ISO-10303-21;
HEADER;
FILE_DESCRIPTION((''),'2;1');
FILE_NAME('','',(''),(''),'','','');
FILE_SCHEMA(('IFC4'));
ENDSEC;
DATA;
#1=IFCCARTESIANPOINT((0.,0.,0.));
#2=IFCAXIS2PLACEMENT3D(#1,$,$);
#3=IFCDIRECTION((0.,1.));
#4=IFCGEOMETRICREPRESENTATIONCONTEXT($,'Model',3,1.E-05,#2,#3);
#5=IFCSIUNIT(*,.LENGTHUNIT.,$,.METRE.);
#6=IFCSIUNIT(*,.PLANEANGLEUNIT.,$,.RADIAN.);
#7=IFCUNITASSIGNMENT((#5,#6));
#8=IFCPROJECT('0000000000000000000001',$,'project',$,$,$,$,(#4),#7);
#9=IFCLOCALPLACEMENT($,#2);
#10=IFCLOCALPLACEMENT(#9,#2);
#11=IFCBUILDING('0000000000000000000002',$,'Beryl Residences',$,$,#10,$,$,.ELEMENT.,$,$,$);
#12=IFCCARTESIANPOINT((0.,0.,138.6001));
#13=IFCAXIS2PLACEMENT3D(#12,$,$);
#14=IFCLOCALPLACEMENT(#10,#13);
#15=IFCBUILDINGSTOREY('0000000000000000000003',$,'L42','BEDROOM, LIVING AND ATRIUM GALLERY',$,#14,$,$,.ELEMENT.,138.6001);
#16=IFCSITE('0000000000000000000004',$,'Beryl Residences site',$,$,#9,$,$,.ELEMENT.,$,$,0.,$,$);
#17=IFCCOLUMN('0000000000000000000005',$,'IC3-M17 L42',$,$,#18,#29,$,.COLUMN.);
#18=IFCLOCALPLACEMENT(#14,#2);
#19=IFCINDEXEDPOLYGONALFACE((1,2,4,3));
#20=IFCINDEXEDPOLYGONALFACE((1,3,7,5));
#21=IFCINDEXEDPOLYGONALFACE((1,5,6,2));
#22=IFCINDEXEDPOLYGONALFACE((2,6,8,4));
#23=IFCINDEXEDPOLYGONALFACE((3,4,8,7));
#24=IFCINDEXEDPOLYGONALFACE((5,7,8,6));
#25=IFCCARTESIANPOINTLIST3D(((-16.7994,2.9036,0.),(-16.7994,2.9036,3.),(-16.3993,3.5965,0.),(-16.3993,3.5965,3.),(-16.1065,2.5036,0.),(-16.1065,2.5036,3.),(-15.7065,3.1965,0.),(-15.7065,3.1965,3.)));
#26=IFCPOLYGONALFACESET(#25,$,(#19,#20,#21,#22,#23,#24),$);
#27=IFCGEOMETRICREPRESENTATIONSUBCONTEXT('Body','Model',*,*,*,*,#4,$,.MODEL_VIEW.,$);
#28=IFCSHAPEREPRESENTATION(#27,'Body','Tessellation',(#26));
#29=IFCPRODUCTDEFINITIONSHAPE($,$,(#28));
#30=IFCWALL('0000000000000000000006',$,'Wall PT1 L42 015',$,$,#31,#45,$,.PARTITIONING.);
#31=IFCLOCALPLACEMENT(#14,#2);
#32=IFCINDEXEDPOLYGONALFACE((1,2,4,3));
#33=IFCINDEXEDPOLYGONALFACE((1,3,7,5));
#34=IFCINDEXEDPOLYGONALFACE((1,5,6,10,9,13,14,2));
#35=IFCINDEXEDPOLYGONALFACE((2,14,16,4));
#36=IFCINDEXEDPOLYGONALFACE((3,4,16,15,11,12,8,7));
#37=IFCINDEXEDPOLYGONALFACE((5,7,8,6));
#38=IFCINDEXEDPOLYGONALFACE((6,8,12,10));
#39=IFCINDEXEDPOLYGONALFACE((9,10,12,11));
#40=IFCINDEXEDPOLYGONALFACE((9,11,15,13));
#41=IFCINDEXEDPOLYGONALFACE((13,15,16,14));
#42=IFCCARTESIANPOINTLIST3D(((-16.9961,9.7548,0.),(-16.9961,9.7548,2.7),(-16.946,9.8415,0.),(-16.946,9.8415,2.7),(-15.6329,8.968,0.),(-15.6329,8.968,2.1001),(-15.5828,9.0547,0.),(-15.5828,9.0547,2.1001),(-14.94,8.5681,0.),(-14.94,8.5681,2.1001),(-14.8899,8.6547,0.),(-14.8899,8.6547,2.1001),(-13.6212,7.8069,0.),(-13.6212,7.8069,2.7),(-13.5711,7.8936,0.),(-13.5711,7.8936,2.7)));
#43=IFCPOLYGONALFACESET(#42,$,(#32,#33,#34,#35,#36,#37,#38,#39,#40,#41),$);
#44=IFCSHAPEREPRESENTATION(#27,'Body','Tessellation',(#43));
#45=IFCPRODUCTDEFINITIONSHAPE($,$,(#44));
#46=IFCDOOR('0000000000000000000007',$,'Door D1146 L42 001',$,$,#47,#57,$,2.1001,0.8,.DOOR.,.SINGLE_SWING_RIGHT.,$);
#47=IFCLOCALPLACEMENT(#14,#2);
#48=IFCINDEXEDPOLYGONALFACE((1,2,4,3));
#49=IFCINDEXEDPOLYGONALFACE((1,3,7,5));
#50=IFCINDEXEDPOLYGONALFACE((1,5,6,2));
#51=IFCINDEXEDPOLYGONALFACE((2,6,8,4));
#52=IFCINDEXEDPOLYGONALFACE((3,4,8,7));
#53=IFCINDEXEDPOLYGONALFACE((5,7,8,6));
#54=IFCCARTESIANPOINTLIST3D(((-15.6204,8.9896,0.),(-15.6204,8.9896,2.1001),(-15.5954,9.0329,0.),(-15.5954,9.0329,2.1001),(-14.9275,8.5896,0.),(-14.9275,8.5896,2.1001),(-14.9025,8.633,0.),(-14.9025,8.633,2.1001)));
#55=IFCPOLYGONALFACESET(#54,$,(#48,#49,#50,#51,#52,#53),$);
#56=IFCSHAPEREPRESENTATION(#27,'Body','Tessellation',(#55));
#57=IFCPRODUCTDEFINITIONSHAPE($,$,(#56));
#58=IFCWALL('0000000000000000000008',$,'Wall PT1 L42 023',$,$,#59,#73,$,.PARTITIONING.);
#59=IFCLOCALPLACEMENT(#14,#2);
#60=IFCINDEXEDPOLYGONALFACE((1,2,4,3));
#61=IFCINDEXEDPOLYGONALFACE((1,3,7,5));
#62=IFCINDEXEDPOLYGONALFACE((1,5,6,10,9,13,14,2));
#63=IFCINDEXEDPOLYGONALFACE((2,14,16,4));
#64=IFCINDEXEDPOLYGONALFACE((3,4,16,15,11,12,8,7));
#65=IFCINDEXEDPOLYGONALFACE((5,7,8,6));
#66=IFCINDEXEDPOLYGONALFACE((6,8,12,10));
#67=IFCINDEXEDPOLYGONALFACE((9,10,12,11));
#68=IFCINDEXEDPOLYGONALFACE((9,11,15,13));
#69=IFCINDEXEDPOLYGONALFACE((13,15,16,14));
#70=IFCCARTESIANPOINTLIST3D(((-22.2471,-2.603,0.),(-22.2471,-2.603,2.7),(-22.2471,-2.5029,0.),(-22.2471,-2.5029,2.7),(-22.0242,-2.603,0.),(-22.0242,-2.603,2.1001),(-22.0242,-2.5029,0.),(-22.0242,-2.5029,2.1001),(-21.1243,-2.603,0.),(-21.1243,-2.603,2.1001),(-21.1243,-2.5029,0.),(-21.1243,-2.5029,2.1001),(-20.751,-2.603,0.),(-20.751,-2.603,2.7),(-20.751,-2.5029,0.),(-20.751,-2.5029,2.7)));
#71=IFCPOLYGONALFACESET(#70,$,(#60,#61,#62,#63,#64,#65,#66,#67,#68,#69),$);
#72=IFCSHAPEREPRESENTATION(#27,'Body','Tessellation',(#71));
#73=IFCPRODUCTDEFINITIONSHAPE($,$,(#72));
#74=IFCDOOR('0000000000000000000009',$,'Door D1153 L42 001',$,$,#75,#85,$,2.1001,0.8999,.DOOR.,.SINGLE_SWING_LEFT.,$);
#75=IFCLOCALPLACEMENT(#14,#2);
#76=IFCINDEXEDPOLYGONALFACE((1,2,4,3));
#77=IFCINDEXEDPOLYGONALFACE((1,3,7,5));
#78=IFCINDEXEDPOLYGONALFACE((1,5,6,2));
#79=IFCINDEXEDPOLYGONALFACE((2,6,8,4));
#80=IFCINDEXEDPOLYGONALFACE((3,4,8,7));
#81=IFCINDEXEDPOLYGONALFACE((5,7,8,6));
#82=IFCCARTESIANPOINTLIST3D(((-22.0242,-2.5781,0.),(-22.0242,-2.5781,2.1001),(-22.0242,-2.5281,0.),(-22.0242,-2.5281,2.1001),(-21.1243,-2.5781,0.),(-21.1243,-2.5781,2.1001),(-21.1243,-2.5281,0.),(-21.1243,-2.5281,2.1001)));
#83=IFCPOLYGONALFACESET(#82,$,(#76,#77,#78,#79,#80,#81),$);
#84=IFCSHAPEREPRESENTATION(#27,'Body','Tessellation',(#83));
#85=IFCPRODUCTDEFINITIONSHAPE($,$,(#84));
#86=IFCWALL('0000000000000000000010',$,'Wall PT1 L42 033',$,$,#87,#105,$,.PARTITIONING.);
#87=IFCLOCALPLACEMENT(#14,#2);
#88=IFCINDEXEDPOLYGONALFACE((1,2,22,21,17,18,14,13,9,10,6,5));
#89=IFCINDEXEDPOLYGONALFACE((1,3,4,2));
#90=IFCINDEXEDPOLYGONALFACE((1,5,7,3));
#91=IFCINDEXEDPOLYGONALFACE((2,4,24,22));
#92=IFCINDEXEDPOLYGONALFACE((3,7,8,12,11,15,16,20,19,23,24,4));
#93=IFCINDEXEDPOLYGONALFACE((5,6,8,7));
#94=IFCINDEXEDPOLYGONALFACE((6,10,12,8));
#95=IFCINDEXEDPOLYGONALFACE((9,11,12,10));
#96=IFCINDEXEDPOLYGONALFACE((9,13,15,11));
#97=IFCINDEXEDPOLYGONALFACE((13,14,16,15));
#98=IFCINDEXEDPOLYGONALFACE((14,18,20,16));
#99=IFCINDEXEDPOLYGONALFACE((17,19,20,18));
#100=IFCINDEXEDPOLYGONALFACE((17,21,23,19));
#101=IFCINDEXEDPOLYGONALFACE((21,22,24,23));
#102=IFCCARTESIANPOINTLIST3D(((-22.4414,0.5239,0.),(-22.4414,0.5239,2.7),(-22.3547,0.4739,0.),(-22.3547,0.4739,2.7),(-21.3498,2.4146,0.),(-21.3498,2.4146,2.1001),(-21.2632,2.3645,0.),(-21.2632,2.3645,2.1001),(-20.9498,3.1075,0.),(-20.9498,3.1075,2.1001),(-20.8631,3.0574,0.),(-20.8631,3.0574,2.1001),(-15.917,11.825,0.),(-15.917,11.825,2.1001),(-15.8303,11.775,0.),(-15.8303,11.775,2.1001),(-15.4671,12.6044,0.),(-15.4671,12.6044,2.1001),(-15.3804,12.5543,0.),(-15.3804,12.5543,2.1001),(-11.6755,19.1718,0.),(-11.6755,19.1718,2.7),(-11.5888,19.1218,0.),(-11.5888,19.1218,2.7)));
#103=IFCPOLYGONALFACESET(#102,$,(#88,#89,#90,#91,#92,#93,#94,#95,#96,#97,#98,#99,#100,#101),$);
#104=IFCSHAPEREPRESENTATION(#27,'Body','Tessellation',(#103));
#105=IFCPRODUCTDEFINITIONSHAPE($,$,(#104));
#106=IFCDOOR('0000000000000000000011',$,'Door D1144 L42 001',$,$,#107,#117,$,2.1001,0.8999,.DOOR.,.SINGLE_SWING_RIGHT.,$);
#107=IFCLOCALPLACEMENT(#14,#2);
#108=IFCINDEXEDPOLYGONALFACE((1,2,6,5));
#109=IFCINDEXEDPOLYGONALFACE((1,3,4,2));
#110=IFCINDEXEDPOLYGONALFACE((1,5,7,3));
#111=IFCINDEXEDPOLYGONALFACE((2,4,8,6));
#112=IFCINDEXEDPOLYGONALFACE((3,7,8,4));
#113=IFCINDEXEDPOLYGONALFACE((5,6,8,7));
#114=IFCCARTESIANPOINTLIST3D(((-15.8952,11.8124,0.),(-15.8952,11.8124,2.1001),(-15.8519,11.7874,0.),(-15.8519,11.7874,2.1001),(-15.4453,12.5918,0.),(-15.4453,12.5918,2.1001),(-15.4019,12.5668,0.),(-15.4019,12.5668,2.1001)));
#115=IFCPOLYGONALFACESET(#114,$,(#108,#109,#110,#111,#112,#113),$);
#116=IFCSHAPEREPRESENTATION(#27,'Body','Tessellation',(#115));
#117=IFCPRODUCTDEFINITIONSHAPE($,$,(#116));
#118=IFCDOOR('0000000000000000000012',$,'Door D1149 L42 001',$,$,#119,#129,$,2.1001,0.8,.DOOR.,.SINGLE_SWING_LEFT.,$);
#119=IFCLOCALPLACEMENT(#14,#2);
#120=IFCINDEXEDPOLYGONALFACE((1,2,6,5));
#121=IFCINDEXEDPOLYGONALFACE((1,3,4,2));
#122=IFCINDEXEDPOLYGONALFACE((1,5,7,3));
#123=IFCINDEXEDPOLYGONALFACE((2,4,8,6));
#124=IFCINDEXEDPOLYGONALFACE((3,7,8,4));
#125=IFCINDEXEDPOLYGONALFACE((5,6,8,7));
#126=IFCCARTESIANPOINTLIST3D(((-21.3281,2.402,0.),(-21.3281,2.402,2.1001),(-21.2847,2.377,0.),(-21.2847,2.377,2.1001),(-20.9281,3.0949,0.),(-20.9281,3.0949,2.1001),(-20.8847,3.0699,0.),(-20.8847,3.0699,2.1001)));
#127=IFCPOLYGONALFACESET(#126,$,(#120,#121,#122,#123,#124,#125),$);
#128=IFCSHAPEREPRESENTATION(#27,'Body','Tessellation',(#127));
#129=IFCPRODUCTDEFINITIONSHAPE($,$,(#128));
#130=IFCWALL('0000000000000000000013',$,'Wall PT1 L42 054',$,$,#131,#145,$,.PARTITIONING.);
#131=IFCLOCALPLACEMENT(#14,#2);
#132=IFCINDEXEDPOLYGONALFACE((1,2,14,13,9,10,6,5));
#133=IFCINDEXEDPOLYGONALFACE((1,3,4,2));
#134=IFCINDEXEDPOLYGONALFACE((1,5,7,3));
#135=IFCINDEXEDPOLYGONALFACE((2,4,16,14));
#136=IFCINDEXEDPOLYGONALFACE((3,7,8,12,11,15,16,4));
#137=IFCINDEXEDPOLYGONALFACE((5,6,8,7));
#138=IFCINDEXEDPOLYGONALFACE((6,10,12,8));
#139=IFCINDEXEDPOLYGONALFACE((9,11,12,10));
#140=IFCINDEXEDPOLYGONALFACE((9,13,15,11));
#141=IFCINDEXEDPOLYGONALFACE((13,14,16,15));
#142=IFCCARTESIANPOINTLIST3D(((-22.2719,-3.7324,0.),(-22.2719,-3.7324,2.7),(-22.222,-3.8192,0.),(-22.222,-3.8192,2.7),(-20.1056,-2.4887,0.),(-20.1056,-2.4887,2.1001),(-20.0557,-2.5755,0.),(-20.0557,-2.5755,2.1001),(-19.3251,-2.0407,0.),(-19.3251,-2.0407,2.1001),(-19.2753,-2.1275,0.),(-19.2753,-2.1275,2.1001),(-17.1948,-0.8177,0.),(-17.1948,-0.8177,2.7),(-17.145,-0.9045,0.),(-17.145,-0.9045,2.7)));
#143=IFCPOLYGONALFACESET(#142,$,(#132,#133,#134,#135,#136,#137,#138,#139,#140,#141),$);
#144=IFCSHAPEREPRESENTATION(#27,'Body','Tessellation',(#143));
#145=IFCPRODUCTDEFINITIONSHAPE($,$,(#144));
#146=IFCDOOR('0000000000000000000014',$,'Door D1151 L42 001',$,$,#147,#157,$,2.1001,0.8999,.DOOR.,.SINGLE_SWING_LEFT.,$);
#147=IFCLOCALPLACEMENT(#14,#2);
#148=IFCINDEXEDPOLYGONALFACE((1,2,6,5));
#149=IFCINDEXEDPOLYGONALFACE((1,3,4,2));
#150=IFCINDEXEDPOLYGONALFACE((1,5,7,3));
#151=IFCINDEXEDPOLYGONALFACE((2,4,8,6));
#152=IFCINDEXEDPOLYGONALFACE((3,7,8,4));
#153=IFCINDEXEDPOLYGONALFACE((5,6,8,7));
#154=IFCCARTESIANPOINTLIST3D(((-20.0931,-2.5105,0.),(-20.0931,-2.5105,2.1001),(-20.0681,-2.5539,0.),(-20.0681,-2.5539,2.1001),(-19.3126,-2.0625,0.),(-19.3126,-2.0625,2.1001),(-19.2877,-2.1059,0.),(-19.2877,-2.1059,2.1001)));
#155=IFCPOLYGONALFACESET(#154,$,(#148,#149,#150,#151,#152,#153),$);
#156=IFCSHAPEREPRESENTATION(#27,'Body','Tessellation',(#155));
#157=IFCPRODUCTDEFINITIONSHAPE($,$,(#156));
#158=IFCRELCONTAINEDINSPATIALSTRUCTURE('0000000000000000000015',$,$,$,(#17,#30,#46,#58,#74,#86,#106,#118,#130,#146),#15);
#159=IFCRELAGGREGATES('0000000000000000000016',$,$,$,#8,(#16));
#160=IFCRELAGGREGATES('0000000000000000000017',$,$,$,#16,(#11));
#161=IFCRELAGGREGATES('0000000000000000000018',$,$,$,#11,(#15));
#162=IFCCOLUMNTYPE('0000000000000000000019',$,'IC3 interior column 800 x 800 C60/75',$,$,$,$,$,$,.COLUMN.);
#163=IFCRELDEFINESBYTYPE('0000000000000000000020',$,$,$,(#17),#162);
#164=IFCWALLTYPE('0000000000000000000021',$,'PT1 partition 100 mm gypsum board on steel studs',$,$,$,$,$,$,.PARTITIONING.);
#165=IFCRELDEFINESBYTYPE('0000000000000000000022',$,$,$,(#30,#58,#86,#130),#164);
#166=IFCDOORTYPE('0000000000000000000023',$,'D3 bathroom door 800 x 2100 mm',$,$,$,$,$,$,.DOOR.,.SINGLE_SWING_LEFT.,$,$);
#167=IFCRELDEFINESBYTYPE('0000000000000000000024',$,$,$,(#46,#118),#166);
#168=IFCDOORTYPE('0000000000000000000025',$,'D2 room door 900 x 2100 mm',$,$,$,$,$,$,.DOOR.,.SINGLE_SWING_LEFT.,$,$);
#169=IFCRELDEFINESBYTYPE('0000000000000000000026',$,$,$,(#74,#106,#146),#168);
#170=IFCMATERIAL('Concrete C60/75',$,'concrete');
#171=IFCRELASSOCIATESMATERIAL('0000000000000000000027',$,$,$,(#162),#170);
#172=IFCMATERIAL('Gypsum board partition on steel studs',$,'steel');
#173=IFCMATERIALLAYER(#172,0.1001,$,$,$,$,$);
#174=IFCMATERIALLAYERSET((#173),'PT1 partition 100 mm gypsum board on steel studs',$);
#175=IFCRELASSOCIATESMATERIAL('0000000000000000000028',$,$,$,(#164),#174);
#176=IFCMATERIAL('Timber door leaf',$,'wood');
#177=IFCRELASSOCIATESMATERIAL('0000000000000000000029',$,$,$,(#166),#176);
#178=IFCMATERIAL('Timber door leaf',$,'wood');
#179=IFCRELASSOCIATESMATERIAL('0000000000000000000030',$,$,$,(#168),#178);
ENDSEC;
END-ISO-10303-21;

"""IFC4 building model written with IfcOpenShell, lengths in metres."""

from ifc_helpers import new_model, si_unit, direction, frame, frame_2d, origin, origin_2d, place, context, subcontext, project, spatial, rectangle, extrude, material, layer, layer_set, material_profile, profile_set, type_object, element, fill, save


model = new_model("IFC4")

# Units and contexts
model_context = context("Model", 3, precision=1e-05, world=origin(), true_north=direction((0.0, 1.0)))
body_context = subcontext(model_context, "Body", "Model", "MODEL_VIEW")
ifc_project = project(units=[si_unit("LENGTHUNIT", "METRE"), si_unit("PLANEANGLEUNIT", "RADIAN")], contexts=[model_context])

# Site, building, storey
site_placement = place(None, origin())
site = spatial("IfcSite", under=ifc_project, at=site_placement, Name="Beryl Residences site", CompositionType="ELEMENT", RefElevation=0.0)
building_placement = place(site_placement, origin())
building = spatial("IfcBuilding", under=site, at=building_placement, Name="Beryl Residences", CompositionType="ELEMENT")
storey_placement = place(building_placement, frame((0.0, 0.0, 138.6001)))
storey = spatial("IfcBuildingStorey", under=building, at=storey_placement, Name="L42", Description="BEDROOM, LIVING AND ATRIUM GALLERY", CompositionType="ELEMENT", Elevation=138.6001)

# Column
ifc_material_1 = material(Name="Concrete C60/75", Category="concrete")
ifc_material_profile = material_profile(ifc_material_1, rectangle(XDim=0.8, YDim=0.8, at=origin_2d()))
ifc_profile_set = profile_set([ifc_material_profile], Name="Concrete C60/75")
column_type = type_object("IfcColumnType", Name="IC3 interior column 800 x 800 C60/75", PredefinedType="COLUMN", material=ifc_profile_set)
column_placement = place(storey_placement, frame((-16.2529, 3.05, 0.0), z_axis=(0.0, 0.0, 1.0), x_axis=(-0.5, -0.866025, 0.0)))
element("IfcColumn", 1, at=column_placement, inside=storey, type_object=column_type, Name="IC3-M17 L42", PredefinedType="COLUMN", context=body_context, shape_type="SweptSolid", body=[
    extrude(rectangle(XDim=0.8, YDim=0.8, at=origin_2d()), origin(), (0.0, 0.0, 1.0), 3.0),
])

# Walls, openings, doors
ifc_material_2 = material(Name="Gypsum board partition on steel studs", Category="steel")
ifc_layer_1 = layer(ifc_material_2, 0.1001)
ifc_layer_set_1 = layer_set([ifc_layer_1], Name="PT1 partition 100 mm gypsum board on steel studs")
wall_type_1 = type_object("IfcWallType", Name="PT1 partition 100 mm gypsum board on steel studs", PredefinedType="PARTITIONING", material=ifc_layer_set_1)
wall_1_placement = place(storey_placement, frame((-16.9709, 9.7981, 0.0), z_axis=(0.0, 0.0, 1.0), x_axis=(0.866088, -0.499892, 0.0)))
wall_1 = element("IfcWall", 2, at=wall_1_placement, inside=storey, type_object=wall_type_1, Name="Wall PT1 L42 015", PredefinedType="PARTITIONING", context=body_context, shape_type="SweptSolid", body=[
    extrude(rectangle(XDim=3.8967, YDim=0.1001, at=frame_2d((1.9482, 0.0))), origin(), (0.0, 0.0, 1.0), 2.7),
])
opening_1_placement = place(wall_1_placement, frame((1.574, 0.0, 0.0)))
opening_1 = element("IfcOpeningElement", 3, at=opening_1_placement, cuts=wall_1, PredefinedType="OPENING", context=body_context, shape_type="SweptSolid", body=[
    extrude(rectangle(XDim=0.8, YDim=2.1001, at=frame_2d((0.3999, 1.05))), frame((0.0, 0.0601, 0.0), z_axis=(0.0, -1.0, 0.0), x_axis=(1.0, 0.0, 0.0)), (0.0, 0.0, 1.0), 0.1201),
])
ifc_material_3 = material(Name="Timber door leaf", Category="wood")
door_type_1 = type_object("IfcDoorType", Name="D3 bathroom door 800 x 2100 mm", OperationType="SINGLE_SWING_LEFT", PredefinedType="DOOR", material=ifc_material_3)
door_1_placement = place(opening_1_placement, origin())
door_1 = element("IfcDoor", 4, at=door_1_placement, inside=storey, type_object=door_type_1, Name="Door D1146 L42 001", OperationType="SINGLE_SWING_RIGHT", OverallHeight=2.1001, OverallWidth=0.8, PredefinedType="DOOR", context=body_context, shape_type="SweptSolid", body=[
    extrude(rectangle(XDim=0.8, YDim=2.1001, at=frame_2d((0.3999, 1.05))), frame((0.0, 0.0249, 0.0), z_axis=(0.0, -1.0, 0.0), x_axis=(1.0, 0.0, 0.0)), (0.0, 0.0, 1.0), 0.05),
])
fill(opening_1, door_1)
wall_2_placement = place(storey_placement, frame((-22.2471, -2.553, 0.0), z_axis=(0.0, 0.0, 1.0), x_axis=(1.0, 0.0, 0.0)))
wall_2 = element("IfcWall", 5, at=wall_2_placement, inside=storey, type_object=wall_type_1, Name="Wall PT1 L42 023", PredefinedType="PARTITIONING", context=body_context, shape_type="SweptSolid", body=[
    extrude(rectangle(XDim=1.4961, YDim=0.1001, at=frame_2d((0.748, 0.0))), origin(), (0.0, 0.0, 1.0), 2.7),
])
opening_2_placement = place(wall_2_placement, frame((0.2229, 0.0, 0.0)))
opening_2 = element("IfcOpeningElement", 6, at=opening_2_placement, cuts=wall_2, PredefinedType="OPENING", context=body_context, shape_type="SweptSolid", body=[
    extrude(rectangle(XDim=0.8999, YDim=2.1001, at=frame_2d((0.45, 1.05))), frame((0.0, 0.0601, 0.0), z_axis=(0.0, -1.0, 0.0), x_axis=(1.0, 0.0, 0.0)), (0.0, 0.0, 1.0), 0.1201),
])
ifc_material_4 = material(Name="Timber door leaf", Category="wood")
door_type_2 = type_object("IfcDoorType", Name="D2 room door 900 x 2100 mm", OperationType="SINGLE_SWING_LEFT", PredefinedType="DOOR", material=ifc_material_4)
door_2_placement = place(opening_2_placement, origin())
door_2 = element("IfcDoor", 7, at=door_2_placement, inside=storey, type_object=door_type_2, Name="Door D1153 L42 001", OperationType="SINGLE_SWING_LEFT", OverallHeight=2.1001, OverallWidth=0.8999, PredefinedType="DOOR", context=body_context, shape_type="SweptSolid", body=[
    extrude(rectangle(XDim=0.8999, YDim=2.1001, at=frame_2d((0.45, 1.05))), frame((0.0, 0.0249, 0.0), z_axis=(0.0, -1.0, 0.0), x_axis=(1.0, 0.0, 0.0)), (0.0, 0.0, 1.0), 0.05),
])
fill(opening_2, door_2)

# Wall, openings, doors
wall_3_placement = place(storey_placement, frame((-22.3979, 0.499, 0.0), z_axis=(0.0, 0.0, 1.0), x_axis=(0.499982, 0.866036, 0.0)))
wall_3 = element("IfcWall", 8, at=wall_3_placement, inside=storey, type_object=wall_type_1, Name="Wall PT1 L42 033", PredefinedType="PARTITIONING", context=body_context, shape_type="SweptSolid", body=[
    extrude(rectangle(XDim=21.5325, YDim=0.1001, at=frame_2d((10.7661, 0.0))), origin(), (0.0, 0.0, 1.0), 2.7),
])
opening_3_placement = place(wall_3_placement, frame((13.0491, 0.0, 0.0)))
opening_3 = element("IfcOpeningElement", 9, at=opening_3_placement, cuts=wall_3, PredefinedType="OPENING", context=body_context, shape_type="SweptSolid", body=[
    extrude(rectangle(XDim=0.8999, YDim=2.1001, at=frame_2d((0.45, 1.05))), frame((0.0, 0.0601, 0.0), z_axis=(0.0, -1.0, 0.0), x_axis=(1.0, 0.0, 0.0)), (0.0, 0.0, 1.0), 0.1201),
])
opening_4_placement = place(wall_3_placement, frame((2.1831, 0.0, 0.0)))
opening_4 = element("IfcOpeningElement", 10, at=opening_4_placement, cuts=wall_3, PredefinedType="OPENING", context=body_context, shape_type="SweptSolid", body=[
    extrude(rectangle(XDim=0.8, YDim=2.1001, at=frame_2d((0.3999, 1.05))), frame((0.0, 0.0601, 0.0), z_axis=(0.0, -1.0, 0.0), x_axis=(1.0, 0.0, 0.0)), (0.0, 0.0, 1.0), 0.1201),
])
door_3_placement = place(opening_3_placement, origin())
door_3 = element("IfcDoor", 11, at=door_3_placement, inside=storey, type_object=door_type_2, Name="Door D1144 L42 001", OperationType="SINGLE_SWING_RIGHT", OverallHeight=2.1001, OverallWidth=0.8999, PredefinedType="DOOR", context=body_context, shape_type="SweptSolid", body=[
    extrude(rectangle(XDim=0.8999, YDim=2.1001, at=frame_2d((0.45, 1.05))), frame((0.0, 0.0249, 0.0), z_axis=(0.0, -1.0, 0.0), x_axis=(1.0, 0.0, 0.0)), (0.0, 0.0, 1.0), 0.05),
])
fill(opening_3, door_3)
door_4_placement = place(opening_4_placement, origin())
door_4 = element("IfcDoor", 12, at=door_4_placement, inside=storey, type_object=door_type_1, Name="Door D1149 L42 001", OperationType="SINGLE_SWING_LEFT", OverallHeight=2.1001, OverallWidth=0.8, PredefinedType="DOOR", context=body_context, shape_type="SweptSolid", body=[
    extrude(rectangle(XDim=0.8, YDim=2.1001, at=frame_2d((0.3999, 1.05))), frame((0.0, 0.0249, 0.0), z_axis=(0.0, -1.0, 0.0), x_axis=(1.0, 0.0, 0.0)), (0.0, 0.0, 1.0), 0.05),
])
fill(opening_4, door_4)

# Wall, opening, door
wall_4_placement = place(storey_placement, frame((-22.2471, -3.7759, 0.0), z_axis=(0.0, 0.0, 1.0), x_axis=(0.867243, 0.497885, 0.0)))
wall_4 = element("IfcWall", 13, at=wall_4_placement, inside=storey, type_object=wall_type_1, Name="Wall PT1 L42 054", PredefinedType="PARTITIONING", context=body_context, shape_type="SweptSolid", body=[
    extrude(rectangle(XDim=5.8542, YDim=0.1001, at=frame_2d((2.9272, 0.0))), origin(), (0.0, 0.0, 1.0), 2.7),
])
opening_5_placement = place(wall_4_placement, frame((2.498, 0.0, 0.0)))
opening_5 = element("IfcOpeningElement", 14, at=opening_5_placement, cuts=wall_4, PredefinedType="OPENING", context=body_context, shape_type="SweptSolid", body=[
    extrude(rectangle(XDim=0.8999, YDim=2.1001, at=frame_2d((0.45, 1.05))), frame((0.0, 0.0601, 0.0), z_axis=(0.0, -1.0, 0.0), x_axis=(1.0, 0.0, 0.0)), (0.0, 0.0, 1.0), 0.1201),
])
door_5_placement = place(opening_5_placement, origin())
door_5 = element("IfcDoor", 15, at=door_5_placement, inside=storey, type_object=door_type_2, Name="Door D1151 L42 001", OperationType="SINGLE_SWING_LEFT", OverallHeight=2.1001, OverallWidth=0.8999, PredefinedType="DOOR", context=body_context, shape_type="SweptSolid", body=[
    extrude(rectangle(XDim=0.8999, YDim=2.1001, at=frame_2d((0.45, 1.05))), frame((0.0, 0.0249, 0.0), z_axis=(0.0, -1.0, 0.0), x_axis=(1.0, 0.0, 0.0)), (0.0, 0.0, 1.0), 0.05),
])
fill(opening_5, door_5)

save(model, "model.ifc")
